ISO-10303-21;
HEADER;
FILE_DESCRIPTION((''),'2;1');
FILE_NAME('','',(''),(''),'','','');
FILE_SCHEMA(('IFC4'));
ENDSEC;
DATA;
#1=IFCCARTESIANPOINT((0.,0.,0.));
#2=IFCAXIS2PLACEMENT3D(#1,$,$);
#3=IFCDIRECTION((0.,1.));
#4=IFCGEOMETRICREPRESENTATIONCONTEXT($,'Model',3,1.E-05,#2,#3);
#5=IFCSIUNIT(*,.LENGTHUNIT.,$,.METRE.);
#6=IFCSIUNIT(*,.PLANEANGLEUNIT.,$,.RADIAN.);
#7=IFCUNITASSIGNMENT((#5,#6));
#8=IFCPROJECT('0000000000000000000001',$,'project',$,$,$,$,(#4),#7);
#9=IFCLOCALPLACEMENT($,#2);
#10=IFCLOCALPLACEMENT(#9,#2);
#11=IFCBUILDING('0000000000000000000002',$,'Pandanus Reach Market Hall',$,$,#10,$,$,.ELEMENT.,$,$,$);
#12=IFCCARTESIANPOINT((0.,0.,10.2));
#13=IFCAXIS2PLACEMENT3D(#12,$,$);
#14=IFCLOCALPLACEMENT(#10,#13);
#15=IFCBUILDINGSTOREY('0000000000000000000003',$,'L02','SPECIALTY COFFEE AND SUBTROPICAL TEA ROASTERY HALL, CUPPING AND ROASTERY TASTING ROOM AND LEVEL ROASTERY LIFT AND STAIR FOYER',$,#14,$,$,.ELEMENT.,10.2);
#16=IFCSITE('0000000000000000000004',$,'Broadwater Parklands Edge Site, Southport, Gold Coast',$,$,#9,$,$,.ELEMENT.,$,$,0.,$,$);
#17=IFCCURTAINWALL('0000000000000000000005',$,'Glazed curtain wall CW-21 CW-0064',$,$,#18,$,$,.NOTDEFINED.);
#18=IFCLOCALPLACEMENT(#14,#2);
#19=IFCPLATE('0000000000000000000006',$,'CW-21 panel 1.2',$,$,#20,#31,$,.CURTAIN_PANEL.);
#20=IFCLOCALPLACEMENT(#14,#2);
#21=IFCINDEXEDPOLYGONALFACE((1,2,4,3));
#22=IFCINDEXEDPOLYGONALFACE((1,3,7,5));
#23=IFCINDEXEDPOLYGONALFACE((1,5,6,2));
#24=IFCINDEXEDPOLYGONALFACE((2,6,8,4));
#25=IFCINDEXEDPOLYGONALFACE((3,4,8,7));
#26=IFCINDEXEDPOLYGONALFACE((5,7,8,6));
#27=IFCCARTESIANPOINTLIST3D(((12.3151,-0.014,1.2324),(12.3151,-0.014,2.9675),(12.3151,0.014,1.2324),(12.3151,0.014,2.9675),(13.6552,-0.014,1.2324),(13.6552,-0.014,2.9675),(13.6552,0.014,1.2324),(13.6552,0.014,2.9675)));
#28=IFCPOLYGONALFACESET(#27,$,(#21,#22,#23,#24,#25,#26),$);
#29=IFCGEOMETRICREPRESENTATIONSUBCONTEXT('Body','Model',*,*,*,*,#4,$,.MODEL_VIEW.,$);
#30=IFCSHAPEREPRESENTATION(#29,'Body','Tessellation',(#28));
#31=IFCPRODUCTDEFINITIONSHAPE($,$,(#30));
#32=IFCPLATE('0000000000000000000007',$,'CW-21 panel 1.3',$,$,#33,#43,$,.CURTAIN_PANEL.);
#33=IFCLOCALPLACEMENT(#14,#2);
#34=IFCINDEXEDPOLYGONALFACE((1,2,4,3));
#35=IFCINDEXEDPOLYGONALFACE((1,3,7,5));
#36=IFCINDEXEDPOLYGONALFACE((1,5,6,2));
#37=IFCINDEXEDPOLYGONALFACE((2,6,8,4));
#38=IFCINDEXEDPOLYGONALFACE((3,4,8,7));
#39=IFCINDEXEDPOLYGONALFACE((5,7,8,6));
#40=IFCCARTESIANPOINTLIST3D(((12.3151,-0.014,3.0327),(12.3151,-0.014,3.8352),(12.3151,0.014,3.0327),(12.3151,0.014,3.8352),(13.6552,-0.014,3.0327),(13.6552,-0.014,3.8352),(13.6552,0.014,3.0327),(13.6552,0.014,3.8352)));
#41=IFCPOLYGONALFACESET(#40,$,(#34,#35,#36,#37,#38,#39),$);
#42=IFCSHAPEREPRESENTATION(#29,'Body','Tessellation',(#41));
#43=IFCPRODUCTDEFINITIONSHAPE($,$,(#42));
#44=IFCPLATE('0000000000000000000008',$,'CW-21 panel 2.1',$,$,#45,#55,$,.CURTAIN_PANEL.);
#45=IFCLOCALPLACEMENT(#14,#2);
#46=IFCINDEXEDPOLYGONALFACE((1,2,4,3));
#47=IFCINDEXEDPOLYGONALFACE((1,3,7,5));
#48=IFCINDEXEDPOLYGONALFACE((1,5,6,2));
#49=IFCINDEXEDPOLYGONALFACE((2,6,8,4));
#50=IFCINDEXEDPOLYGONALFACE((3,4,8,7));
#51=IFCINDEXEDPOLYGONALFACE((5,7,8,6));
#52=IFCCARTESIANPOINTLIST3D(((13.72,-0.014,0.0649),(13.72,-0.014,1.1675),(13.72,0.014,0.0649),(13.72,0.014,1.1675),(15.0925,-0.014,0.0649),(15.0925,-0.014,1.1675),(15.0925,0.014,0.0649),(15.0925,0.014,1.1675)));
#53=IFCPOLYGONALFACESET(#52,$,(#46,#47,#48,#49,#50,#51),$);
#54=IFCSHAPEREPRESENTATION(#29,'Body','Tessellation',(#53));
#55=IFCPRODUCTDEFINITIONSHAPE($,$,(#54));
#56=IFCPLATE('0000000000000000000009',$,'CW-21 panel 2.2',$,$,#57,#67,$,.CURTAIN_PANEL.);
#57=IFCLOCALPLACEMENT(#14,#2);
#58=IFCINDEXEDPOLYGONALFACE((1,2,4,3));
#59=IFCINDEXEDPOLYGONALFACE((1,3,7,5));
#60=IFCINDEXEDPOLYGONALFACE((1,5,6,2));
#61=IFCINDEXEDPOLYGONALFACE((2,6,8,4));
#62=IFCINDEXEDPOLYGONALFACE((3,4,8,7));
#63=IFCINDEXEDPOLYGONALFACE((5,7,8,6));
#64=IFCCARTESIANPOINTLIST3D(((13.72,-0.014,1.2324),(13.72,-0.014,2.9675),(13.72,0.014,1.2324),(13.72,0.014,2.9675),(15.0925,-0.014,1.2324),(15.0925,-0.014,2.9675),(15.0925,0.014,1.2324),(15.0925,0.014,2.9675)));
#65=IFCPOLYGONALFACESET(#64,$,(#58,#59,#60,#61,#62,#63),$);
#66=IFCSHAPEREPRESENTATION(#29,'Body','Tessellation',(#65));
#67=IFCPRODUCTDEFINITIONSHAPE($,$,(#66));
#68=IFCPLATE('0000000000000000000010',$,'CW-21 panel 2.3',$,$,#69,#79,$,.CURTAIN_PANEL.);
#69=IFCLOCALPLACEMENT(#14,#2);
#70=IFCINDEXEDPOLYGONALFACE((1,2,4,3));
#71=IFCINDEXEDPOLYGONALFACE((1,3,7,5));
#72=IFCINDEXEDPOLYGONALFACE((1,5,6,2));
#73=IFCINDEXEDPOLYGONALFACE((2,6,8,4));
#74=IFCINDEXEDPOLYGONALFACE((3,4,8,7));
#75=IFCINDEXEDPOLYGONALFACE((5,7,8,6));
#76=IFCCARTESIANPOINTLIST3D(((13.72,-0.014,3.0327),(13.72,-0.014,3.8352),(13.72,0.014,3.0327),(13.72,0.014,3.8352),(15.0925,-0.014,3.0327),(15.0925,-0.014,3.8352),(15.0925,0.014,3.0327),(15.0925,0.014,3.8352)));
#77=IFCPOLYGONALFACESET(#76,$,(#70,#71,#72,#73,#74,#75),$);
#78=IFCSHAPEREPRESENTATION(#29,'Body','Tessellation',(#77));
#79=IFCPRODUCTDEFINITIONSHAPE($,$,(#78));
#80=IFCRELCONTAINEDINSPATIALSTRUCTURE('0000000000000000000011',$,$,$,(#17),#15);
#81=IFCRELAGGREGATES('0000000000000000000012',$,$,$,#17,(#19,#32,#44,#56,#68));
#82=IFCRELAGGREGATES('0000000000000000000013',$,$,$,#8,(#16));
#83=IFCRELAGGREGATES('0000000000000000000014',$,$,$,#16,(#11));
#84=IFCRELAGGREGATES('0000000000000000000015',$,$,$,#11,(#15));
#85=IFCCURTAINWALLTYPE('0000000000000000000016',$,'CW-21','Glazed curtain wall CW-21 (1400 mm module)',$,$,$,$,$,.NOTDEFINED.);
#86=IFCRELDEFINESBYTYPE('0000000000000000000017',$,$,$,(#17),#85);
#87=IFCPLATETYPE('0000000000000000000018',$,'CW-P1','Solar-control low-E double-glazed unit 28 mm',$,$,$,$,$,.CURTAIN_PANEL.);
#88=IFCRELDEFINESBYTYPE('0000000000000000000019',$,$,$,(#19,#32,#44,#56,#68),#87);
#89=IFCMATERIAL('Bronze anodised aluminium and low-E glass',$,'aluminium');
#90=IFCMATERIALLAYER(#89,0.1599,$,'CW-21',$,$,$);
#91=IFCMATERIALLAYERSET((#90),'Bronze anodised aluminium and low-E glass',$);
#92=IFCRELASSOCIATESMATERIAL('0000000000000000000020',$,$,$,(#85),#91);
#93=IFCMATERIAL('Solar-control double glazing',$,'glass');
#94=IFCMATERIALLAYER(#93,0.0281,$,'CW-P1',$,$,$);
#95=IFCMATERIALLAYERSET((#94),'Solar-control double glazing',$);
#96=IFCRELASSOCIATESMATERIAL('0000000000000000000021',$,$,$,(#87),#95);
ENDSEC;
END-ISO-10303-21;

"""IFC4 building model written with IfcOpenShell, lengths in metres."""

from ifc_helpers import new_model, si_unit, direction, frame, origin, origin_2d, place, context, subcontext, project, spatial, rectangle, extrude, material, layer, layer_set, type_object, element, aggregate, save


model = new_model("IFC4")

# Units and contexts
model_context = context("Model", 3, precision=1e-05, world=origin(), true_north=direction((0.0, 1.0)))
body_context = subcontext(model_context, "Body", "Model", "MODEL_VIEW")
ifc_project = project(units=[si_unit("LENGTHUNIT", "METRE"), si_unit("PLANEANGLEUNIT", "RADIAN")], contexts=[model_context])

# Site, building, storey
site_placement = place(None, origin())
site = spatial("IfcSite", under=ifc_project, at=site_placement, Name="Broadwater Parklands Edge Site, Southport, Gold Coast", CompositionType="ELEMENT", RefElevation=0.0)
building_placement = place(site_placement, origin())
building = spatial("IfcBuilding", under=site, at=building_placement, Name="Pandanus Reach Market Hall", CompositionType="ELEMENT")
storey_placement = place(building_placement, frame((0.0, 0.0, 10.2)))
storey = spatial("IfcBuildingStorey", under=building, at=storey_placement, Name="L02", Description="SPECIALTY COFFEE AND SUBTROPICAL TEA ROASTERY HALL, CUPPING AND ROASTERY TASTING ROOM AND LEVEL ROASTERY LIFT AND STAIR FOYER", CompositionType="ELEMENT", Elevation=10.2)

# Curtain wall
ifc_material_1 = material(Name="Bronze anodised aluminium and low-E glass", Category="aluminium")
ifc_layer_1 = layer(ifc_material_1, 0.1599, Name="CW-21")
ifc_layer_set_1 = layer_set([ifc_layer_1], Name="Bronze anodised aluminium and low-E glass")
curtain_wall_type = type_object("IfcCurtainWallType", Name="CW-21", Description="Glazed curtain wall CW-21 (1400 mm module)", PredefinedType="NOTDEFINED", material=ifc_layer_set_1)
curtain_wall_1_placement = place(storey_placement, origin())
curtain_wall_1 = element("IfcCurtainWall", 1, at=curtain_wall_1_placement, inside=storey, type_object=curtain_wall_type, Name="Glazed curtain wall CW-21 CW-0064", PredefinedType="NOTDEFINED")

# Plates
ifc_material_2 = material(Name="Solar-control double glazing", Category="glass")
ifc_layer_2 = layer(ifc_material_2, 0.0281, Name="CW-P1")
ifc_layer_set_2 = layer_set([ifc_layer_2], Name="Solar-control double glazing")
plate_type = type_object("IfcPlateType", Name="CW-P1", Description="Solar-control low-E double-glazed unit 28 mm", PredefinedType="CURTAIN_PANEL", material=ifc_layer_set_2)
plate_1_placement = place(storey_placement, frame((12.9851, 0.0, 1.2324), z_axis=(0.0, 0.0, 1.0), x_axis=(1.0, 0.0, 0.0)))
plate_1 = element("IfcPlate", 2, at=plate_1_placement, type_object=plate_type, Name="CW-21 panel 1.2", PredefinedType="CURTAIN_PANEL", context=body_context, shape_type="SweptSolid", body=[
    extrude(rectangle(XDim=1.3401, YDim=0.0281, at=origin_2d()), origin(), (0.0, 0.0, 1.0), 1.7351),
])
plate_2_placement = place(storey_placement, frame((12.9851, 0.0, 3.0327), z_axis=(0.0, 0.0, 1.0), x_axis=(1.0, 0.0, 0.0)))
plate_2 = element("IfcPlate", 3, at=plate_2_placement, type_object=plate_type, Name="CW-21 panel 1.3", PredefinedType="CURTAIN_PANEL", context=body_context, shape_type="SweptSolid", body=[
    extrude(rectangle(XDim=1.3401, YDim=0.0281, at=origin_2d()), origin(), (0.0, 0.0, 1.0), 0.8025),
])
plate_3_placement = place(storey_placement, frame((14.4062, 0.0, 0.0649), z_axis=(0.0, 0.0, 1.0), x_axis=(1.0, 0.0, 0.0)))
plate_3 = element("IfcPlate", 4, at=plate_3_placement, type_object=plate_type, Name="CW-21 panel 2.1", PredefinedType="CURTAIN_PANEL", context=body_context, shape_type="SweptSolid", body=[
    extrude(rectangle(XDim=1.3726, YDim=0.0281, at=origin_2d()), origin(), (0.0, 0.0, 1.0), 1.1025),
])
plate_4_placement = place(storey_placement, frame((14.4062, 0.0, 1.2324), z_axis=(0.0, 0.0, 1.0), x_axis=(1.0, 0.0, 0.0)))
plate_4 = element("IfcPlate", 5, at=plate_4_placement, type_object=plate_type, Name="CW-21 panel 2.2", PredefinedType="CURTAIN_PANEL", context=body_context, shape_type="SweptSolid", body=[
    extrude(rectangle(XDim=1.3726, YDim=0.0281, at=origin_2d()), origin(), (0.0, 0.0, 1.0), 1.7351),
])
plate_5_placement = place(storey_placement, frame((14.4062, 0.0, 3.0327), z_axis=(0.0, 0.0, 1.0), x_axis=(1.0, 0.0, 0.0)))
plate_5 = element("IfcPlate", 6, at=plate_5_placement, type_object=plate_type, Name="CW-21 panel 2.3", PredefinedType="CURTAIN_PANEL", context=body_context, shape_type="SweptSolid", body=[
    extrude(rectangle(XDim=1.3726, YDim=0.0281, at=origin_2d()), origin(), (0.0, 0.0, 1.0), 0.8025),
])
aggregate(curtain_wall_1, [plate_1, plate_2, plate_3, plate_4, plate_5])

save(model, "model.ifc")
